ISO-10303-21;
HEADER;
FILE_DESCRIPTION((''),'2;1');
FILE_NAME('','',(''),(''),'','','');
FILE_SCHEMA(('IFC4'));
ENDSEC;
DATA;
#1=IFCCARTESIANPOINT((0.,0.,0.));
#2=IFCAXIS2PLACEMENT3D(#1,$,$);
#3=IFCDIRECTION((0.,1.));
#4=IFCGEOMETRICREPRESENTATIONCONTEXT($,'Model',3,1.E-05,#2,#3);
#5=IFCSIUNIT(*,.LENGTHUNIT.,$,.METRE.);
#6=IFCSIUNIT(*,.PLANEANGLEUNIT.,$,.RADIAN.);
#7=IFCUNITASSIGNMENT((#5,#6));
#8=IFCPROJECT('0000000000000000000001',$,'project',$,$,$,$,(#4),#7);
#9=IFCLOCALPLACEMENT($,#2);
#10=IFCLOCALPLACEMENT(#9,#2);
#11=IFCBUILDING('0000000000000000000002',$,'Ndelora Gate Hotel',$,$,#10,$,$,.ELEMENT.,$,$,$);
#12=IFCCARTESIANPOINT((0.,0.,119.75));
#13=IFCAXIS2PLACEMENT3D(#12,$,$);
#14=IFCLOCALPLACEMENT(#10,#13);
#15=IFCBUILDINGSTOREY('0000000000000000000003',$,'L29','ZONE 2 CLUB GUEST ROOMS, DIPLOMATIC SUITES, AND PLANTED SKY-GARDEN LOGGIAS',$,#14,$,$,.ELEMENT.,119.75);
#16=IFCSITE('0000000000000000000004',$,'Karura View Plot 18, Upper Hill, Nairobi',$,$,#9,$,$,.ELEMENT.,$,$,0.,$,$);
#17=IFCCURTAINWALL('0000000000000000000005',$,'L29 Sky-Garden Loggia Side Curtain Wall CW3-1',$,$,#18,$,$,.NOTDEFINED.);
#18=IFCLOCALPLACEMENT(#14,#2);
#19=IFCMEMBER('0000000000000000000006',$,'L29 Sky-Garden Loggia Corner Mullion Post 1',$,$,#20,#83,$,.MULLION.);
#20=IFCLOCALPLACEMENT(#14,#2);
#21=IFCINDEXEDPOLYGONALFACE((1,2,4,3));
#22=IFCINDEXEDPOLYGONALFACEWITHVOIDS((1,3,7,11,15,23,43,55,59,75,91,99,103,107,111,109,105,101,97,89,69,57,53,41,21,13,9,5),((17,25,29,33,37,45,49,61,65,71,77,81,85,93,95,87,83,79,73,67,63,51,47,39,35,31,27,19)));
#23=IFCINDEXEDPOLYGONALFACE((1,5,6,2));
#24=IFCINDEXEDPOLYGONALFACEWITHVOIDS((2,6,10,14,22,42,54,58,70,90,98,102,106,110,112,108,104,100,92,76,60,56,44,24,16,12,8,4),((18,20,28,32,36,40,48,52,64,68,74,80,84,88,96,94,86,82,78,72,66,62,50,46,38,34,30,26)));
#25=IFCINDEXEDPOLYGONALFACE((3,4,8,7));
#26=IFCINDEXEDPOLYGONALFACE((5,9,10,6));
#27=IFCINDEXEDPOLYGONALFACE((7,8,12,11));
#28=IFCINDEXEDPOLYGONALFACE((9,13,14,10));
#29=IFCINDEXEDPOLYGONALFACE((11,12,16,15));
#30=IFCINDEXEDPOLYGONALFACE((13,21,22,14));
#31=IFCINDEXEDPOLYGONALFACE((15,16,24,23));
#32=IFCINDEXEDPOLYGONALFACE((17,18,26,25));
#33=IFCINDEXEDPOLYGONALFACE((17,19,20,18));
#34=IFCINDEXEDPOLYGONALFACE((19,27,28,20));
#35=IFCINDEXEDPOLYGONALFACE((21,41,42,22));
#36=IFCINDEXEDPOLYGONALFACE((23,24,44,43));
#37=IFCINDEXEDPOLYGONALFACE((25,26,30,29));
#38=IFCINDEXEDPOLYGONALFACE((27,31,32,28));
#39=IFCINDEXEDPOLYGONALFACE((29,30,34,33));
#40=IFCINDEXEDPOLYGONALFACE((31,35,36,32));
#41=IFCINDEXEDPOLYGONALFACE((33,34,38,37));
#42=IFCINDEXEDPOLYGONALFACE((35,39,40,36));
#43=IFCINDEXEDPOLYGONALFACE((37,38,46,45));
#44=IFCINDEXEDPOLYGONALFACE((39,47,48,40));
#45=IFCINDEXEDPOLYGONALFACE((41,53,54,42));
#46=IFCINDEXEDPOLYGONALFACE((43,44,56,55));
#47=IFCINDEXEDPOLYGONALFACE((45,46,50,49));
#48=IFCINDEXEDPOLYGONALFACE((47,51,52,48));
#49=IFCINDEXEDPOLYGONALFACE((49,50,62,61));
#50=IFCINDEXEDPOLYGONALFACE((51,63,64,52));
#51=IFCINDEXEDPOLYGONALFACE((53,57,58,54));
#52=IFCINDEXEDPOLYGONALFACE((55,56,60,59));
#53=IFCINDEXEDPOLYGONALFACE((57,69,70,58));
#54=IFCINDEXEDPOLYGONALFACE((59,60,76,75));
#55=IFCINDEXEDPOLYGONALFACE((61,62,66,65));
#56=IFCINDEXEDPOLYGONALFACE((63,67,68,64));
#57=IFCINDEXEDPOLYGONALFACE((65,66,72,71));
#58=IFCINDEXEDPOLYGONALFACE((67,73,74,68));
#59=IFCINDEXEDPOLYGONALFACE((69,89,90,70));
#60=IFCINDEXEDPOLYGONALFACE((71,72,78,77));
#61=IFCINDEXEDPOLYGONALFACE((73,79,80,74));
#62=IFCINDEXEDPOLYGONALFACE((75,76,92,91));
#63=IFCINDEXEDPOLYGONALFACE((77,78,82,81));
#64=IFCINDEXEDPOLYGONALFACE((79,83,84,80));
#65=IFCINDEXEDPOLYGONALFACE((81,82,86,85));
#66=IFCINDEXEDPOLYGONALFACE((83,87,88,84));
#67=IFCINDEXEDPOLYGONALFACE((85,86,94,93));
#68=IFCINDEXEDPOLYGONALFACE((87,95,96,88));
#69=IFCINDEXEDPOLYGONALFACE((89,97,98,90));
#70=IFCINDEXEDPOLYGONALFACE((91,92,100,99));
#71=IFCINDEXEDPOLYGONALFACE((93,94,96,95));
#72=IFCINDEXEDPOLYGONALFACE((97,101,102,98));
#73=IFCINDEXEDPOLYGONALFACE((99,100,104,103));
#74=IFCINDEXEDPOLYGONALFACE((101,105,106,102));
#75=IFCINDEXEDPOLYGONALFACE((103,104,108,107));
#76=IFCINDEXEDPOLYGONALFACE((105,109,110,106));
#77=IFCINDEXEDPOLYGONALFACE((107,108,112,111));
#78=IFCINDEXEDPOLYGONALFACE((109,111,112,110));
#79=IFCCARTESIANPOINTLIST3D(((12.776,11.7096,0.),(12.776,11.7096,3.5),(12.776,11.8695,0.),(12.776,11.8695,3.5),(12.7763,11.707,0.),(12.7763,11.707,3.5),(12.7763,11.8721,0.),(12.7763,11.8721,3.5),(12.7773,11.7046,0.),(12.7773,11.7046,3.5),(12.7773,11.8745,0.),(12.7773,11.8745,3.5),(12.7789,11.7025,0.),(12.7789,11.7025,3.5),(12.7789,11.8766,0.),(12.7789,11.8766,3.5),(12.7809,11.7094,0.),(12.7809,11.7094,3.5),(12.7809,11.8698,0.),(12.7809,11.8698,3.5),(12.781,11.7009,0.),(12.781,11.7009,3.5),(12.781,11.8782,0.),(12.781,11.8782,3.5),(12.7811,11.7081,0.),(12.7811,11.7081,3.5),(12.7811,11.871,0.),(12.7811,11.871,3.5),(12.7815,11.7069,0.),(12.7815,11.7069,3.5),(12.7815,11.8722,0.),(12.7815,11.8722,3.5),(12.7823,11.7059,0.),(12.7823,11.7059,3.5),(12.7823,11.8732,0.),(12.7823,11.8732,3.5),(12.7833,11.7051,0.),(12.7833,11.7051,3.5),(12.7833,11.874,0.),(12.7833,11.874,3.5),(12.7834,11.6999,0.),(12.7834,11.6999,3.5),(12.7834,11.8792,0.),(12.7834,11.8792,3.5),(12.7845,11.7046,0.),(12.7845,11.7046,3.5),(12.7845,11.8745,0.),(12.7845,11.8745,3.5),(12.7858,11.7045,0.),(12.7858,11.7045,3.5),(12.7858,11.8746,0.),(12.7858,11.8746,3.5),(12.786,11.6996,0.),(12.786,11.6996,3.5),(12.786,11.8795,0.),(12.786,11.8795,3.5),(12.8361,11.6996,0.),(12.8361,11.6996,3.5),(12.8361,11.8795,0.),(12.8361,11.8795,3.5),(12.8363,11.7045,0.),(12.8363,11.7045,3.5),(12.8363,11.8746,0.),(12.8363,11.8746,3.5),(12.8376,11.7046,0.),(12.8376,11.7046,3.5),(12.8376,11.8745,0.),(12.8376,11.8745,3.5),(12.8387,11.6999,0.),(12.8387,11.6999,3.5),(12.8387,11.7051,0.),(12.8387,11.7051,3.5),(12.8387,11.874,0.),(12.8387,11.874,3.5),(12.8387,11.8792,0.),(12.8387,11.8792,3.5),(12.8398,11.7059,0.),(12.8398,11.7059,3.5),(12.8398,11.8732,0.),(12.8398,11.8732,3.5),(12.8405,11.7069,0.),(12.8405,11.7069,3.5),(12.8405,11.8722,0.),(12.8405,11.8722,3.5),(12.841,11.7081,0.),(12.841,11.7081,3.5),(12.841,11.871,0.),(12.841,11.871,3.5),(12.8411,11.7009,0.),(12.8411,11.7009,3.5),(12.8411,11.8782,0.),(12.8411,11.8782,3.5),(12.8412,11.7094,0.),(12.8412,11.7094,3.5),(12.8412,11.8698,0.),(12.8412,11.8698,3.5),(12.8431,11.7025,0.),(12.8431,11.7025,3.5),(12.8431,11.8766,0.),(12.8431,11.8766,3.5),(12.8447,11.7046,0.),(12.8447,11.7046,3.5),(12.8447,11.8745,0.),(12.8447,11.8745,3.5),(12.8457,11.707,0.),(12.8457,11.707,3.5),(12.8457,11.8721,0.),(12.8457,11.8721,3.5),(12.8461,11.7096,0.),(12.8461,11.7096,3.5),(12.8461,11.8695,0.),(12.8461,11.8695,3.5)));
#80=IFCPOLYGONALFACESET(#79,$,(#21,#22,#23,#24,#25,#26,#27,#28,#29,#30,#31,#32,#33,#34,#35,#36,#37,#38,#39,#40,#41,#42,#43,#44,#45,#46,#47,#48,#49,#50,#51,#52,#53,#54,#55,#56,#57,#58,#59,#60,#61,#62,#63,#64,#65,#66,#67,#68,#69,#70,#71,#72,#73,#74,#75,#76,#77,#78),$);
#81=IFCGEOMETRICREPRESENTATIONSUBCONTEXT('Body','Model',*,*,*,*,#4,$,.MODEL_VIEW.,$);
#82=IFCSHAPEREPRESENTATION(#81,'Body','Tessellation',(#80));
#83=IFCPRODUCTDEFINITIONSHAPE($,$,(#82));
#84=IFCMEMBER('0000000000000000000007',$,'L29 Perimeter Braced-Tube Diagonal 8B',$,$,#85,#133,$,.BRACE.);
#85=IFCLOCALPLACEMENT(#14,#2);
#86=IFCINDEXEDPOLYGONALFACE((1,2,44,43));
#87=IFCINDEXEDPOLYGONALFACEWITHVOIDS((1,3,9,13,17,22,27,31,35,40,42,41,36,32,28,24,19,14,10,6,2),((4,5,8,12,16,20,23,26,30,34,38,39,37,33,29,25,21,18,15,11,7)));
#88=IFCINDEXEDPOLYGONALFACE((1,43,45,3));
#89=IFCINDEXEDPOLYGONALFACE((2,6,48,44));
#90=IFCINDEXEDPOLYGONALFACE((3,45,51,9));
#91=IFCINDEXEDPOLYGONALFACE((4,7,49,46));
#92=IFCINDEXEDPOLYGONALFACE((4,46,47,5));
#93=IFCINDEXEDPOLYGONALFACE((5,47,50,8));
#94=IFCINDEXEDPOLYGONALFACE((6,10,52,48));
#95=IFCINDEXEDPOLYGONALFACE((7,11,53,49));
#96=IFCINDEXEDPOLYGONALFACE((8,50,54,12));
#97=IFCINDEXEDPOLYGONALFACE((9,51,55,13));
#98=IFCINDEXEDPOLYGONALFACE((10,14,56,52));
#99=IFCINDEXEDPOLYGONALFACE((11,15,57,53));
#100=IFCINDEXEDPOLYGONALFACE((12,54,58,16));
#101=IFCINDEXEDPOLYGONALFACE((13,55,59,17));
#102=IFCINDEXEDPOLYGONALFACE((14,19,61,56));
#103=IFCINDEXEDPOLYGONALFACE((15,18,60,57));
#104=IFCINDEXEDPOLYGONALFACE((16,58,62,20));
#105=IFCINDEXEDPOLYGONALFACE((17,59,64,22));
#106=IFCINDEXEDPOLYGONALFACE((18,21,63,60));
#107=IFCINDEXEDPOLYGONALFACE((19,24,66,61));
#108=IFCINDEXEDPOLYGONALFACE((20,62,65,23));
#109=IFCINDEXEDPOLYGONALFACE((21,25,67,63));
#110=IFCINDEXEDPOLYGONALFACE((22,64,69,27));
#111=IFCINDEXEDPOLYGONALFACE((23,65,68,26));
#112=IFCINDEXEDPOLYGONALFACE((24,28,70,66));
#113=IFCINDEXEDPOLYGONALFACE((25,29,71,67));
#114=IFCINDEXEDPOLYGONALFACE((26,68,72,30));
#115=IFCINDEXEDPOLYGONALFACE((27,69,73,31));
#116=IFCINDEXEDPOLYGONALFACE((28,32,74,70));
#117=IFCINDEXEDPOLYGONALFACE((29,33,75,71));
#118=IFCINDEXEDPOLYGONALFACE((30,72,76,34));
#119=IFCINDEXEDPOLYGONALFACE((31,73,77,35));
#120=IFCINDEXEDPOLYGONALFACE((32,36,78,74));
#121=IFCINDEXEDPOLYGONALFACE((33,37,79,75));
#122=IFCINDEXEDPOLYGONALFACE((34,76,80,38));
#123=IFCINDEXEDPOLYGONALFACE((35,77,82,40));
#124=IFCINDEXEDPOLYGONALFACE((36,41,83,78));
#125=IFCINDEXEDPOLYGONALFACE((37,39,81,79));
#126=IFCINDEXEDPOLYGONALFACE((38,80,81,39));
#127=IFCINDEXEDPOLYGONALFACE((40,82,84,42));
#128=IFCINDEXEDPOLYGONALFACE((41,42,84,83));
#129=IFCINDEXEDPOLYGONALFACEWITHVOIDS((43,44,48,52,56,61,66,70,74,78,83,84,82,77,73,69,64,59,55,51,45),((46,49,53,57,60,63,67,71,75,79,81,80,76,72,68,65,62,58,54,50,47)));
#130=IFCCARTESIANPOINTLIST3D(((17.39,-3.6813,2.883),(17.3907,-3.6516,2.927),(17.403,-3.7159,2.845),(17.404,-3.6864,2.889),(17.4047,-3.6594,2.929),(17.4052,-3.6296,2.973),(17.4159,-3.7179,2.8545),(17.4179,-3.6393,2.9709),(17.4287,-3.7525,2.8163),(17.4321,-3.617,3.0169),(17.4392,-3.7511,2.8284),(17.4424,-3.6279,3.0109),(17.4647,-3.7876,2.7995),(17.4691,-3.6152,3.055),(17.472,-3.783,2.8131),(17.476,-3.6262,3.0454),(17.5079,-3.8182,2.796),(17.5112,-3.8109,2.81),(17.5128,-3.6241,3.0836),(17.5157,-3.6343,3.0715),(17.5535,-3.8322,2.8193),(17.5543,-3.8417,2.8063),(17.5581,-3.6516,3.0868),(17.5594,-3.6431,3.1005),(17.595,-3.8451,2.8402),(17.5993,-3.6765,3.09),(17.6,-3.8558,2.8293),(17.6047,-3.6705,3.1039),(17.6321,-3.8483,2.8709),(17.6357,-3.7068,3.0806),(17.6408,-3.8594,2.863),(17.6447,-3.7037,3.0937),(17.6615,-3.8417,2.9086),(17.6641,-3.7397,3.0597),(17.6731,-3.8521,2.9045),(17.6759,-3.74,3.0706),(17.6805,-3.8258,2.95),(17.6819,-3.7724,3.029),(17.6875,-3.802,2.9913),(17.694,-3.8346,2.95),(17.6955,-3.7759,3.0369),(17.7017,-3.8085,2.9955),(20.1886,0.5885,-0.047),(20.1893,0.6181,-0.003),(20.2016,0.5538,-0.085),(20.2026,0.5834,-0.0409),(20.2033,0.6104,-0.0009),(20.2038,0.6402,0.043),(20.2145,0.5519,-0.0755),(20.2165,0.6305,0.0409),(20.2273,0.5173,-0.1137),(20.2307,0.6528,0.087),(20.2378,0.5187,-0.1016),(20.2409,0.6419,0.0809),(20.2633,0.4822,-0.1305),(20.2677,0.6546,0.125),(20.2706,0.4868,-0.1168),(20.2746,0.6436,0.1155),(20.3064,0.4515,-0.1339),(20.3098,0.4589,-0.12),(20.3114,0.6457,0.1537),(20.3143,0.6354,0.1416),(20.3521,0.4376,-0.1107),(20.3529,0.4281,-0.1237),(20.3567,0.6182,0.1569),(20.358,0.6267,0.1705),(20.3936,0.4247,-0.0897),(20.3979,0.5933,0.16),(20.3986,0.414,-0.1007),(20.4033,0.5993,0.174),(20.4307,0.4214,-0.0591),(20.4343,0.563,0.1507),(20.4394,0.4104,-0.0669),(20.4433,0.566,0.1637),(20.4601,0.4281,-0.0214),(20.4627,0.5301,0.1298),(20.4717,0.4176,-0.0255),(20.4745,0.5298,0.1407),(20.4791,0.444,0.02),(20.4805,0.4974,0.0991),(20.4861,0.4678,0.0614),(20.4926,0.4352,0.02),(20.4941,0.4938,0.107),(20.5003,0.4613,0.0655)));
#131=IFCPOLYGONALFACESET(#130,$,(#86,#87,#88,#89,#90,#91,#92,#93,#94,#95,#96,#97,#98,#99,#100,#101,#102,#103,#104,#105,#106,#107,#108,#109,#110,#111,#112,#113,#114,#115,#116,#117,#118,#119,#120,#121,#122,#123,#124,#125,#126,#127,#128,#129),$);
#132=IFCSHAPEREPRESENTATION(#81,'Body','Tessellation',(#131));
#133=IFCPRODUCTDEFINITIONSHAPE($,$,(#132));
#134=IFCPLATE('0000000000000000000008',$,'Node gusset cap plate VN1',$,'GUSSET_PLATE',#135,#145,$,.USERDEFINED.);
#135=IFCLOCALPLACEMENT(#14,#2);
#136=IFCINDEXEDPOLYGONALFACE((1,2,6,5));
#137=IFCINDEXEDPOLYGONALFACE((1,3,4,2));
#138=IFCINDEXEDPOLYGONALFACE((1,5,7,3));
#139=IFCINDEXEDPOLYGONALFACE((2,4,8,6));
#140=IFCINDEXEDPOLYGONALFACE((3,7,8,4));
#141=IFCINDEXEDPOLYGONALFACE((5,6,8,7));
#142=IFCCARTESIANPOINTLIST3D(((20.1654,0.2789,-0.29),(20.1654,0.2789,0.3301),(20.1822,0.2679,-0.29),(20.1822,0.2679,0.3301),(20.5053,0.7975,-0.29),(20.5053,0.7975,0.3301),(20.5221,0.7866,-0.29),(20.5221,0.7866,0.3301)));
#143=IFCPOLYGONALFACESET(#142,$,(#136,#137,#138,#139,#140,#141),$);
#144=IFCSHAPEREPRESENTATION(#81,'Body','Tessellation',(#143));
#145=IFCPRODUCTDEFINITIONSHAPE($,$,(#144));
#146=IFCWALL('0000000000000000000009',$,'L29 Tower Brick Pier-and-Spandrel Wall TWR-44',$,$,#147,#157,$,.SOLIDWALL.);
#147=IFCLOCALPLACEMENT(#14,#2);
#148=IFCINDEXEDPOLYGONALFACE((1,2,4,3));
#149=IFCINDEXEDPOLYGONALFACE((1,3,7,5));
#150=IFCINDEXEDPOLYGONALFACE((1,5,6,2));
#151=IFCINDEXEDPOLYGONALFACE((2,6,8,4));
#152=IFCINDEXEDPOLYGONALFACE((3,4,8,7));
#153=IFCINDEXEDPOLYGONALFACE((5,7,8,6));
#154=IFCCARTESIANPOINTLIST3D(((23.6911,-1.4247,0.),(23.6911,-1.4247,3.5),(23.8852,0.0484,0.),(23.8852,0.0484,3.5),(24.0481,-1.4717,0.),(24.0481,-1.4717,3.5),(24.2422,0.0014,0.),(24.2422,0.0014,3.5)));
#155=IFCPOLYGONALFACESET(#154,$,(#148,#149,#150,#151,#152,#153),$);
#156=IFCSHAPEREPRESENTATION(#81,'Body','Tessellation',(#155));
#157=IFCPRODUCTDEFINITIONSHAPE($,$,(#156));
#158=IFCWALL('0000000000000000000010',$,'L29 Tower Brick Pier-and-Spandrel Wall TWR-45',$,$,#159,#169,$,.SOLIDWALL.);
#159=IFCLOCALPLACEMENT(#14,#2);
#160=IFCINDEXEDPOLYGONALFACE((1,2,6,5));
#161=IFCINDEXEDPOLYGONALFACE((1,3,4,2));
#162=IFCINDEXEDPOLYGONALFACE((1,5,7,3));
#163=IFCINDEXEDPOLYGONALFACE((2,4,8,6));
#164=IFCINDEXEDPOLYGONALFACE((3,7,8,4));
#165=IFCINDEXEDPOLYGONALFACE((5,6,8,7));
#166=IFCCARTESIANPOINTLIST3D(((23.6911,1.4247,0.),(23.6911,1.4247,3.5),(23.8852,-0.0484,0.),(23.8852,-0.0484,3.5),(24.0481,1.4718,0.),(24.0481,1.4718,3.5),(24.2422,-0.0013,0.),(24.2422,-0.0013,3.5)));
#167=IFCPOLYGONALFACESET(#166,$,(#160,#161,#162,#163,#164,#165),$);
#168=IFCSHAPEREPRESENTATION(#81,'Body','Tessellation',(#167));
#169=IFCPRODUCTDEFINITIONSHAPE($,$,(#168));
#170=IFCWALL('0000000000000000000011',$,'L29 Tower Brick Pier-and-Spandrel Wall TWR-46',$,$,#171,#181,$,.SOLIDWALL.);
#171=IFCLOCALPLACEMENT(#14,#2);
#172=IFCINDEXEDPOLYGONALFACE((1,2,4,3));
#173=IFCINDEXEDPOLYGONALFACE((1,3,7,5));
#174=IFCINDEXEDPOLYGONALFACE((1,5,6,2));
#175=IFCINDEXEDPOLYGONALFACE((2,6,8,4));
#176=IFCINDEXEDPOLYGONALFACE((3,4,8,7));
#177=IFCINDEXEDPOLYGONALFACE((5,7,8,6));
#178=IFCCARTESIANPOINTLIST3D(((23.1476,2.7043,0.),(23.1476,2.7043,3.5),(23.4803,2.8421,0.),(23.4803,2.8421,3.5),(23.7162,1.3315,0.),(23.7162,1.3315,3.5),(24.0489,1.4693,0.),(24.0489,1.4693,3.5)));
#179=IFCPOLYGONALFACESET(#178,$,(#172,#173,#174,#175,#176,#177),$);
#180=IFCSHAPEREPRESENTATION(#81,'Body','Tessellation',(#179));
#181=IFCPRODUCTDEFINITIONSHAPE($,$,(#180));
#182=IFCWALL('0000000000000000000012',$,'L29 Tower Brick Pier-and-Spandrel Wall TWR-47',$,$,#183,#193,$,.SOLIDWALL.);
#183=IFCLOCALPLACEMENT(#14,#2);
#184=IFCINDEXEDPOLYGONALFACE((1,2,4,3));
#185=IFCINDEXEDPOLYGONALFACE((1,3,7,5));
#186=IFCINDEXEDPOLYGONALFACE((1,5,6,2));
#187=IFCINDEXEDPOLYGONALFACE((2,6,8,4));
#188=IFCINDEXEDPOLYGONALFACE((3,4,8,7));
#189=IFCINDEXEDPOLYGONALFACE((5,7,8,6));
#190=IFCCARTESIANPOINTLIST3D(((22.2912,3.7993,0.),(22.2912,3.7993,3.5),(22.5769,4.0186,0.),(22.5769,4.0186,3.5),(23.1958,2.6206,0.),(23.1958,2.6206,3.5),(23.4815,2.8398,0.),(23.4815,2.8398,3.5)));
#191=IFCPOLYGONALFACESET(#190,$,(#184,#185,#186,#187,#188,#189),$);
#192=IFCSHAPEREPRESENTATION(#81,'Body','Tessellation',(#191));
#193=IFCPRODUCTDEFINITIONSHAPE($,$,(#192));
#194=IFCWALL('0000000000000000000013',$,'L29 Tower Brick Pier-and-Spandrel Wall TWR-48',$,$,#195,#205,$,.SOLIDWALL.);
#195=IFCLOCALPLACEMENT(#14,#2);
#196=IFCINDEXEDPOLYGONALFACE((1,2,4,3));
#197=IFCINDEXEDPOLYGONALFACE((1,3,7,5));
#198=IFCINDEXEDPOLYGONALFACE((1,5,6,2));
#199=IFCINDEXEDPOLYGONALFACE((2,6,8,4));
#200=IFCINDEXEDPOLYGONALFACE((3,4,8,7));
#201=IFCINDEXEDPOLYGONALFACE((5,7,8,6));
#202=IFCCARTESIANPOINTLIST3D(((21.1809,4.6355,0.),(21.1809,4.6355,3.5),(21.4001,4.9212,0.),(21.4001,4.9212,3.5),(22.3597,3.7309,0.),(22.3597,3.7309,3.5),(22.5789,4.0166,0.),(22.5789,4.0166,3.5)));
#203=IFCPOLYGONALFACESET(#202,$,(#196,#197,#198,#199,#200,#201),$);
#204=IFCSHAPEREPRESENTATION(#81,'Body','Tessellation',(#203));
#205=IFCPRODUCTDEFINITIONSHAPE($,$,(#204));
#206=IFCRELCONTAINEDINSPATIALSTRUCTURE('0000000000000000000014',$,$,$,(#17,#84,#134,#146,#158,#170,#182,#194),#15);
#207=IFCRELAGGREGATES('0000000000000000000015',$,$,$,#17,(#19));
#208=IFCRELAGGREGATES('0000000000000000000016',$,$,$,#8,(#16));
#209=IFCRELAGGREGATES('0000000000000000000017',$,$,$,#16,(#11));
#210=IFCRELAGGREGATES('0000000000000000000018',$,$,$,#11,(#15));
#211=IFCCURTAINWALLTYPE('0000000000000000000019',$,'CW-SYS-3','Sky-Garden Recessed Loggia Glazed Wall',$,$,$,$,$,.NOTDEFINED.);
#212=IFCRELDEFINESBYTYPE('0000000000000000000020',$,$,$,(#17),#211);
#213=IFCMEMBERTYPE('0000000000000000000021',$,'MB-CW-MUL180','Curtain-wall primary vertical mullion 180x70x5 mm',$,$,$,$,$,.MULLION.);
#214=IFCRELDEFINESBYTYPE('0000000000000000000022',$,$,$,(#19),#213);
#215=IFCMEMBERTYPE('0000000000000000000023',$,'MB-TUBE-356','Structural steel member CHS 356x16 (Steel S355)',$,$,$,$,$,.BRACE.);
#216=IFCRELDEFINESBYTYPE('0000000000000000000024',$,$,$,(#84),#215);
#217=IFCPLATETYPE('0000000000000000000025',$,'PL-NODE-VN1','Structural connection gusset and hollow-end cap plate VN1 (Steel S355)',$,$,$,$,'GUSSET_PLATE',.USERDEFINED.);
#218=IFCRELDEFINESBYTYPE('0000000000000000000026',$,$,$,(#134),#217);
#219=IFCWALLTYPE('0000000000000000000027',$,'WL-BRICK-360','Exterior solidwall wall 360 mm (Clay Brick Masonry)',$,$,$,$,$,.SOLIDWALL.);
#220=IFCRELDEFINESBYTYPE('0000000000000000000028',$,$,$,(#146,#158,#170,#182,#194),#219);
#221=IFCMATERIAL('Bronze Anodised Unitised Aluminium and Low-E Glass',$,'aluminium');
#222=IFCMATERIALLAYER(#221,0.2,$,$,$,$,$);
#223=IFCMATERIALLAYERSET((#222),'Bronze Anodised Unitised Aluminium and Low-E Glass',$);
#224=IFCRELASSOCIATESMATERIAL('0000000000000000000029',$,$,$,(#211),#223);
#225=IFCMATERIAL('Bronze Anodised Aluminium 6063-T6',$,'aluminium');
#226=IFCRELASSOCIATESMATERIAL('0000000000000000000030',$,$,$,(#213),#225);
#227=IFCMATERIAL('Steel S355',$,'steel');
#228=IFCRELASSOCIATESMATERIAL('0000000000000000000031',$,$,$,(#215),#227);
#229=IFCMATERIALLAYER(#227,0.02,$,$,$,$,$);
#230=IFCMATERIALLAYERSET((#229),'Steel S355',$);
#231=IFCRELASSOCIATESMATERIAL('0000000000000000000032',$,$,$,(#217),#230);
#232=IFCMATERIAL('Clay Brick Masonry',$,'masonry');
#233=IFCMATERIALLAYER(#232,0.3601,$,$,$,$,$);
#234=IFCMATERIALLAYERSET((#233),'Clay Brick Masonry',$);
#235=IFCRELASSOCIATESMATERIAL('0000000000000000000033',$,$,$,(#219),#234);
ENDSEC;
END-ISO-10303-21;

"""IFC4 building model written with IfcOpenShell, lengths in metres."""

from ifc_helpers import new_model, si_unit, direction, frame, frame_2d, origin, origin_2d, place, context, subcontext, project, spatial, rectangle, hollow_rectangle, hollow_circle, extrude, material, layer, layer_set, material_profile, profile_set, type_object, element, aggregate, save


model = new_model("IFC4")

# Units and contexts
model_context = context("Model", 3, precision=1e-05, world=origin(), true_north=direction((0.0, 1.0)))
body_context = subcontext(model_context, "Body", "Model", "MODEL_VIEW")
ifc_project = project(units=[si_unit("LENGTHUNIT", "METRE"), si_unit("PLANEANGLEUNIT", "RADIAN")], contexts=[model_context])

# Site, building, storey
site_placement = place(None, origin())
site = spatial("IfcSite", under=ifc_project, at=site_placement, Name="Karura View Plot 18, Upper Hill, Nairobi", CompositionType="ELEMENT", RefElevation=0.0)
building_placement = place(site_placement, origin())
building = spatial("IfcBuilding", under=site, at=building_placement, Name="Ndelora Gate Hotel", CompositionType="ELEMENT")
storey_placement = place(building_placement, frame((0.0, 0.0, 119.75)))
storey = spatial("IfcBuildingStorey", under=building, at=storey_placement, Name="L29", Description="ZONE 2 CLUB GUEST ROOMS, DIPLOMATIC SUITES, AND PLANTED SKY-GARDEN LOGGIAS", CompositionType="ELEMENT", Elevation=119.75)

# Shared definitions
ifc_material_1 = material(Name="Steel S355", Category="steel")

# Curtain wall, member
ifc_material_2 = material(Name="Bronze Anodised Unitised Aluminium and Low-E Glass", Category="aluminium")
ifc_layer_1 = layer(ifc_material_2, 0.2)
ifc_layer_set_1 = layer_set([ifc_layer_1], Name="Bronze Anodised Unitised Aluminium and Low-E Glass")
curtain_wall_type = type_object("IfcCurtainWallType", Name="CW-SYS-3", Description="Sky-Garden Recessed Loggia Glazed Wall", PredefinedType="NOTDEFINED", material=ifc_layer_set_1)
curtain_wall_placement = place(storey_placement, origin())
curtain_wall = element("IfcCurtainWall", 1, at=curtain_wall_placement, inside=storey, type_object=curtain_wall_type, Name="L29 Sky-Garden Loggia Side Curtain Wall CW3-1", PredefinedType="NOTDEFINED")
ifc_material_3 = material(Name="Bronze Anodised Aluminium 6063-T6", Category="aluminium")
ifc_material_profile_1 = material_profile(ifc_material_3, hollow_rectangle(XDim=0.0701, YDim=0.1799, WallThickness=0.0049, InnerFilletRadius=0.0049, OuterFilletRadius=0.01, at=origin_2d()), Name="ALU 180x70x5")
ifc_profile_set_1 = profile_set([ifc_material_profile_1], Name="Bronze Anodised Aluminium 6063-T6")
member_type_1 = type_object("IfcMemberType", Name="MB-CW-MUL180", Description="Curtain-wall primary vertical mullion 180x70x5 mm", PredefinedType="MULLION", material=ifc_profile_set_1)
member_1_placement = place(storey_placement, frame((12.811, 11.7896, 0.0), z_axis=(0.0, 0.0, 1.0), x_axis=(1.0, 0.0, 0.0)))
member_1 = element("IfcMember", 2, at=member_1_placement, type_object=member_type_1, Name="L29 Sky-Garden Loggia Corner Mullion Post 1", PredefinedType="MULLION", context=body_context, shape_type="SweptSolid", body=[
    extrude(hollow_rectangle(XDim=0.0701, YDim=0.1799, WallThickness=0.0049, InnerFilletRadius=0.0049, OuterFilletRadius=0.01, at=origin_2d()), origin(), (0.0, 0.0, 1.0), 3.5),
])
aggregate(curtain_wall, [member_1])

# Member
ifc_material_profile_2 = material_profile(ifc_material_1, hollow_circle(Radius=0.178, WallThickness=0.0161, at=origin_2d()), Name="CHS 356x16")
ifc_profile_set_2 = profile_set([ifc_material_profile_2], Name="Steel S355")
member_type_2 = type_object("IfcMemberType", Name="MB-TUBE-356", Description="Structural steel member CHS 356x16 (Steel S355)", PredefinedType="BRACE", material=ifc_profile_set_2)
member_2_placement = place(storey_placement, frame((20.3438, 0.5327, 0.02), z_axis=(-0.475447, -0.725385, 0.497761), x_axis=(0.836358, -0.548183, 0.0)))
element("IfcMember", 3, at=member_2_placement, inside=storey, type_object=member_type_2, Name="L29 Perimeter Braced-Tube Diagonal 8B", PredefinedType="BRACE", context=body_context, shape_type="SweptSolid", body=[
    extrude(hollow_circle(Radius=0.178, WallThickness=0.0161, at=origin_2d()), origin(), (0.0, 0.0, 1.0), 5.8862),
])

# Plate
ifc_layer_2 = layer(ifc_material_1, 0.02)
ifc_layer_set_2 = layer_set([ifc_layer_2], Name="Steel S355")
plate_type = type_object("IfcPlateType", Name="PL-NODE-VN1", Description="Structural connection gusset and hollow-end cap plate VN1 (Steel S355)", ElementType="GUSSET_PLATE", PredefinedType="USERDEFINED", material=ifc_layer_set_2)
plate_placement = place(storey_placement, frame((20.3438, 0.5327, -0.29), z_axis=(0.0, 0.0, 1.0), x_axis=(0.548147, 0.836382, 0.0)))
element("IfcPlate", 4, at=plate_placement, inside=storey, type_object=plate_type, Name="Node gusset cap plate VN1", ObjectType="GUSSET_PLATE", PredefinedType="USERDEFINED", context=body_context, shape_type="SweptSolid", body=[
    extrude(rectangle(XDim=0.6201, YDim=0.02, at=origin_2d()), origin(), (0.0, 0.0, 1.0), 0.6201),
])

# Walls
ifc_material_4 = material(Name="Clay Brick Masonry", Category="masonry")
ifc_layer_3 = layer(ifc_material_4, 0.3601)
ifc_layer_set_3 = layer_set([ifc_layer_3], Name="Clay Brick Masonry")
wall_type_1 = type_object("IfcWallType", Name="WL-BRICK-360", Description="Exterior solidwall wall 360 mm (Clay Brick Masonry)", PredefinedType="SOLIDWALL", material=ifc_layer_set_3)
for number, where, z_axis, x_axis, name in (
    (5, (24.0637, 0.0249, 0.0), (0.0, 0.0, 1.0), (-0.130625, -0.991432, 0.0), "L29 Tower Brick Pier-and-Spandrel Wall TWR-44"),
    (6, (23.8696, 1.4482, 0.0), (0.0, 0.0, 1.0), (0.130625, -0.991432, 0.0), "L29 Tower Brick Pier-and-Spandrel Wall TWR-45"),
    (7, (23.314, 2.7732, 0.0), (0.0, 0.0, 1.0), (0.382666, -0.923887, 0.0), "L29 Tower Brick Pier-and-Spandrel Wall TWR-46"),
    (8, (22.4341, 3.9089, 0.0), (0.0, 0.0, 1.0), (0.608797, -0.793326, 0.0), "L29 Tower Brick Pier-and-Spandrel Wall TWR-47"),
    (9, (21.2905, 4.7783, 0.0), (0.0, 0.0, 1.0), (0.793326, -0.608797, 0.0), "L29 Tower Brick Pier-and-Spandrel Wall TWR-48"),
):
    element("IfcWall", number, at=place(storey_placement, frame(where, z_axis=z_axis, x_axis=x_axis)), inside=storey, type_object=wall_type_1, Name=name, PredefinedType="SOLIDWALL", context=body_context, shape_type="SweptSolid", body=[
        extrude(rectangle(XDim=1.4858, YDim=0.3601, at=frame_2d((0.7429, 0.0))), origin(), (0.0, 0.0, 1.0), 3.5),
    ])

save(model, "model.ifc")
